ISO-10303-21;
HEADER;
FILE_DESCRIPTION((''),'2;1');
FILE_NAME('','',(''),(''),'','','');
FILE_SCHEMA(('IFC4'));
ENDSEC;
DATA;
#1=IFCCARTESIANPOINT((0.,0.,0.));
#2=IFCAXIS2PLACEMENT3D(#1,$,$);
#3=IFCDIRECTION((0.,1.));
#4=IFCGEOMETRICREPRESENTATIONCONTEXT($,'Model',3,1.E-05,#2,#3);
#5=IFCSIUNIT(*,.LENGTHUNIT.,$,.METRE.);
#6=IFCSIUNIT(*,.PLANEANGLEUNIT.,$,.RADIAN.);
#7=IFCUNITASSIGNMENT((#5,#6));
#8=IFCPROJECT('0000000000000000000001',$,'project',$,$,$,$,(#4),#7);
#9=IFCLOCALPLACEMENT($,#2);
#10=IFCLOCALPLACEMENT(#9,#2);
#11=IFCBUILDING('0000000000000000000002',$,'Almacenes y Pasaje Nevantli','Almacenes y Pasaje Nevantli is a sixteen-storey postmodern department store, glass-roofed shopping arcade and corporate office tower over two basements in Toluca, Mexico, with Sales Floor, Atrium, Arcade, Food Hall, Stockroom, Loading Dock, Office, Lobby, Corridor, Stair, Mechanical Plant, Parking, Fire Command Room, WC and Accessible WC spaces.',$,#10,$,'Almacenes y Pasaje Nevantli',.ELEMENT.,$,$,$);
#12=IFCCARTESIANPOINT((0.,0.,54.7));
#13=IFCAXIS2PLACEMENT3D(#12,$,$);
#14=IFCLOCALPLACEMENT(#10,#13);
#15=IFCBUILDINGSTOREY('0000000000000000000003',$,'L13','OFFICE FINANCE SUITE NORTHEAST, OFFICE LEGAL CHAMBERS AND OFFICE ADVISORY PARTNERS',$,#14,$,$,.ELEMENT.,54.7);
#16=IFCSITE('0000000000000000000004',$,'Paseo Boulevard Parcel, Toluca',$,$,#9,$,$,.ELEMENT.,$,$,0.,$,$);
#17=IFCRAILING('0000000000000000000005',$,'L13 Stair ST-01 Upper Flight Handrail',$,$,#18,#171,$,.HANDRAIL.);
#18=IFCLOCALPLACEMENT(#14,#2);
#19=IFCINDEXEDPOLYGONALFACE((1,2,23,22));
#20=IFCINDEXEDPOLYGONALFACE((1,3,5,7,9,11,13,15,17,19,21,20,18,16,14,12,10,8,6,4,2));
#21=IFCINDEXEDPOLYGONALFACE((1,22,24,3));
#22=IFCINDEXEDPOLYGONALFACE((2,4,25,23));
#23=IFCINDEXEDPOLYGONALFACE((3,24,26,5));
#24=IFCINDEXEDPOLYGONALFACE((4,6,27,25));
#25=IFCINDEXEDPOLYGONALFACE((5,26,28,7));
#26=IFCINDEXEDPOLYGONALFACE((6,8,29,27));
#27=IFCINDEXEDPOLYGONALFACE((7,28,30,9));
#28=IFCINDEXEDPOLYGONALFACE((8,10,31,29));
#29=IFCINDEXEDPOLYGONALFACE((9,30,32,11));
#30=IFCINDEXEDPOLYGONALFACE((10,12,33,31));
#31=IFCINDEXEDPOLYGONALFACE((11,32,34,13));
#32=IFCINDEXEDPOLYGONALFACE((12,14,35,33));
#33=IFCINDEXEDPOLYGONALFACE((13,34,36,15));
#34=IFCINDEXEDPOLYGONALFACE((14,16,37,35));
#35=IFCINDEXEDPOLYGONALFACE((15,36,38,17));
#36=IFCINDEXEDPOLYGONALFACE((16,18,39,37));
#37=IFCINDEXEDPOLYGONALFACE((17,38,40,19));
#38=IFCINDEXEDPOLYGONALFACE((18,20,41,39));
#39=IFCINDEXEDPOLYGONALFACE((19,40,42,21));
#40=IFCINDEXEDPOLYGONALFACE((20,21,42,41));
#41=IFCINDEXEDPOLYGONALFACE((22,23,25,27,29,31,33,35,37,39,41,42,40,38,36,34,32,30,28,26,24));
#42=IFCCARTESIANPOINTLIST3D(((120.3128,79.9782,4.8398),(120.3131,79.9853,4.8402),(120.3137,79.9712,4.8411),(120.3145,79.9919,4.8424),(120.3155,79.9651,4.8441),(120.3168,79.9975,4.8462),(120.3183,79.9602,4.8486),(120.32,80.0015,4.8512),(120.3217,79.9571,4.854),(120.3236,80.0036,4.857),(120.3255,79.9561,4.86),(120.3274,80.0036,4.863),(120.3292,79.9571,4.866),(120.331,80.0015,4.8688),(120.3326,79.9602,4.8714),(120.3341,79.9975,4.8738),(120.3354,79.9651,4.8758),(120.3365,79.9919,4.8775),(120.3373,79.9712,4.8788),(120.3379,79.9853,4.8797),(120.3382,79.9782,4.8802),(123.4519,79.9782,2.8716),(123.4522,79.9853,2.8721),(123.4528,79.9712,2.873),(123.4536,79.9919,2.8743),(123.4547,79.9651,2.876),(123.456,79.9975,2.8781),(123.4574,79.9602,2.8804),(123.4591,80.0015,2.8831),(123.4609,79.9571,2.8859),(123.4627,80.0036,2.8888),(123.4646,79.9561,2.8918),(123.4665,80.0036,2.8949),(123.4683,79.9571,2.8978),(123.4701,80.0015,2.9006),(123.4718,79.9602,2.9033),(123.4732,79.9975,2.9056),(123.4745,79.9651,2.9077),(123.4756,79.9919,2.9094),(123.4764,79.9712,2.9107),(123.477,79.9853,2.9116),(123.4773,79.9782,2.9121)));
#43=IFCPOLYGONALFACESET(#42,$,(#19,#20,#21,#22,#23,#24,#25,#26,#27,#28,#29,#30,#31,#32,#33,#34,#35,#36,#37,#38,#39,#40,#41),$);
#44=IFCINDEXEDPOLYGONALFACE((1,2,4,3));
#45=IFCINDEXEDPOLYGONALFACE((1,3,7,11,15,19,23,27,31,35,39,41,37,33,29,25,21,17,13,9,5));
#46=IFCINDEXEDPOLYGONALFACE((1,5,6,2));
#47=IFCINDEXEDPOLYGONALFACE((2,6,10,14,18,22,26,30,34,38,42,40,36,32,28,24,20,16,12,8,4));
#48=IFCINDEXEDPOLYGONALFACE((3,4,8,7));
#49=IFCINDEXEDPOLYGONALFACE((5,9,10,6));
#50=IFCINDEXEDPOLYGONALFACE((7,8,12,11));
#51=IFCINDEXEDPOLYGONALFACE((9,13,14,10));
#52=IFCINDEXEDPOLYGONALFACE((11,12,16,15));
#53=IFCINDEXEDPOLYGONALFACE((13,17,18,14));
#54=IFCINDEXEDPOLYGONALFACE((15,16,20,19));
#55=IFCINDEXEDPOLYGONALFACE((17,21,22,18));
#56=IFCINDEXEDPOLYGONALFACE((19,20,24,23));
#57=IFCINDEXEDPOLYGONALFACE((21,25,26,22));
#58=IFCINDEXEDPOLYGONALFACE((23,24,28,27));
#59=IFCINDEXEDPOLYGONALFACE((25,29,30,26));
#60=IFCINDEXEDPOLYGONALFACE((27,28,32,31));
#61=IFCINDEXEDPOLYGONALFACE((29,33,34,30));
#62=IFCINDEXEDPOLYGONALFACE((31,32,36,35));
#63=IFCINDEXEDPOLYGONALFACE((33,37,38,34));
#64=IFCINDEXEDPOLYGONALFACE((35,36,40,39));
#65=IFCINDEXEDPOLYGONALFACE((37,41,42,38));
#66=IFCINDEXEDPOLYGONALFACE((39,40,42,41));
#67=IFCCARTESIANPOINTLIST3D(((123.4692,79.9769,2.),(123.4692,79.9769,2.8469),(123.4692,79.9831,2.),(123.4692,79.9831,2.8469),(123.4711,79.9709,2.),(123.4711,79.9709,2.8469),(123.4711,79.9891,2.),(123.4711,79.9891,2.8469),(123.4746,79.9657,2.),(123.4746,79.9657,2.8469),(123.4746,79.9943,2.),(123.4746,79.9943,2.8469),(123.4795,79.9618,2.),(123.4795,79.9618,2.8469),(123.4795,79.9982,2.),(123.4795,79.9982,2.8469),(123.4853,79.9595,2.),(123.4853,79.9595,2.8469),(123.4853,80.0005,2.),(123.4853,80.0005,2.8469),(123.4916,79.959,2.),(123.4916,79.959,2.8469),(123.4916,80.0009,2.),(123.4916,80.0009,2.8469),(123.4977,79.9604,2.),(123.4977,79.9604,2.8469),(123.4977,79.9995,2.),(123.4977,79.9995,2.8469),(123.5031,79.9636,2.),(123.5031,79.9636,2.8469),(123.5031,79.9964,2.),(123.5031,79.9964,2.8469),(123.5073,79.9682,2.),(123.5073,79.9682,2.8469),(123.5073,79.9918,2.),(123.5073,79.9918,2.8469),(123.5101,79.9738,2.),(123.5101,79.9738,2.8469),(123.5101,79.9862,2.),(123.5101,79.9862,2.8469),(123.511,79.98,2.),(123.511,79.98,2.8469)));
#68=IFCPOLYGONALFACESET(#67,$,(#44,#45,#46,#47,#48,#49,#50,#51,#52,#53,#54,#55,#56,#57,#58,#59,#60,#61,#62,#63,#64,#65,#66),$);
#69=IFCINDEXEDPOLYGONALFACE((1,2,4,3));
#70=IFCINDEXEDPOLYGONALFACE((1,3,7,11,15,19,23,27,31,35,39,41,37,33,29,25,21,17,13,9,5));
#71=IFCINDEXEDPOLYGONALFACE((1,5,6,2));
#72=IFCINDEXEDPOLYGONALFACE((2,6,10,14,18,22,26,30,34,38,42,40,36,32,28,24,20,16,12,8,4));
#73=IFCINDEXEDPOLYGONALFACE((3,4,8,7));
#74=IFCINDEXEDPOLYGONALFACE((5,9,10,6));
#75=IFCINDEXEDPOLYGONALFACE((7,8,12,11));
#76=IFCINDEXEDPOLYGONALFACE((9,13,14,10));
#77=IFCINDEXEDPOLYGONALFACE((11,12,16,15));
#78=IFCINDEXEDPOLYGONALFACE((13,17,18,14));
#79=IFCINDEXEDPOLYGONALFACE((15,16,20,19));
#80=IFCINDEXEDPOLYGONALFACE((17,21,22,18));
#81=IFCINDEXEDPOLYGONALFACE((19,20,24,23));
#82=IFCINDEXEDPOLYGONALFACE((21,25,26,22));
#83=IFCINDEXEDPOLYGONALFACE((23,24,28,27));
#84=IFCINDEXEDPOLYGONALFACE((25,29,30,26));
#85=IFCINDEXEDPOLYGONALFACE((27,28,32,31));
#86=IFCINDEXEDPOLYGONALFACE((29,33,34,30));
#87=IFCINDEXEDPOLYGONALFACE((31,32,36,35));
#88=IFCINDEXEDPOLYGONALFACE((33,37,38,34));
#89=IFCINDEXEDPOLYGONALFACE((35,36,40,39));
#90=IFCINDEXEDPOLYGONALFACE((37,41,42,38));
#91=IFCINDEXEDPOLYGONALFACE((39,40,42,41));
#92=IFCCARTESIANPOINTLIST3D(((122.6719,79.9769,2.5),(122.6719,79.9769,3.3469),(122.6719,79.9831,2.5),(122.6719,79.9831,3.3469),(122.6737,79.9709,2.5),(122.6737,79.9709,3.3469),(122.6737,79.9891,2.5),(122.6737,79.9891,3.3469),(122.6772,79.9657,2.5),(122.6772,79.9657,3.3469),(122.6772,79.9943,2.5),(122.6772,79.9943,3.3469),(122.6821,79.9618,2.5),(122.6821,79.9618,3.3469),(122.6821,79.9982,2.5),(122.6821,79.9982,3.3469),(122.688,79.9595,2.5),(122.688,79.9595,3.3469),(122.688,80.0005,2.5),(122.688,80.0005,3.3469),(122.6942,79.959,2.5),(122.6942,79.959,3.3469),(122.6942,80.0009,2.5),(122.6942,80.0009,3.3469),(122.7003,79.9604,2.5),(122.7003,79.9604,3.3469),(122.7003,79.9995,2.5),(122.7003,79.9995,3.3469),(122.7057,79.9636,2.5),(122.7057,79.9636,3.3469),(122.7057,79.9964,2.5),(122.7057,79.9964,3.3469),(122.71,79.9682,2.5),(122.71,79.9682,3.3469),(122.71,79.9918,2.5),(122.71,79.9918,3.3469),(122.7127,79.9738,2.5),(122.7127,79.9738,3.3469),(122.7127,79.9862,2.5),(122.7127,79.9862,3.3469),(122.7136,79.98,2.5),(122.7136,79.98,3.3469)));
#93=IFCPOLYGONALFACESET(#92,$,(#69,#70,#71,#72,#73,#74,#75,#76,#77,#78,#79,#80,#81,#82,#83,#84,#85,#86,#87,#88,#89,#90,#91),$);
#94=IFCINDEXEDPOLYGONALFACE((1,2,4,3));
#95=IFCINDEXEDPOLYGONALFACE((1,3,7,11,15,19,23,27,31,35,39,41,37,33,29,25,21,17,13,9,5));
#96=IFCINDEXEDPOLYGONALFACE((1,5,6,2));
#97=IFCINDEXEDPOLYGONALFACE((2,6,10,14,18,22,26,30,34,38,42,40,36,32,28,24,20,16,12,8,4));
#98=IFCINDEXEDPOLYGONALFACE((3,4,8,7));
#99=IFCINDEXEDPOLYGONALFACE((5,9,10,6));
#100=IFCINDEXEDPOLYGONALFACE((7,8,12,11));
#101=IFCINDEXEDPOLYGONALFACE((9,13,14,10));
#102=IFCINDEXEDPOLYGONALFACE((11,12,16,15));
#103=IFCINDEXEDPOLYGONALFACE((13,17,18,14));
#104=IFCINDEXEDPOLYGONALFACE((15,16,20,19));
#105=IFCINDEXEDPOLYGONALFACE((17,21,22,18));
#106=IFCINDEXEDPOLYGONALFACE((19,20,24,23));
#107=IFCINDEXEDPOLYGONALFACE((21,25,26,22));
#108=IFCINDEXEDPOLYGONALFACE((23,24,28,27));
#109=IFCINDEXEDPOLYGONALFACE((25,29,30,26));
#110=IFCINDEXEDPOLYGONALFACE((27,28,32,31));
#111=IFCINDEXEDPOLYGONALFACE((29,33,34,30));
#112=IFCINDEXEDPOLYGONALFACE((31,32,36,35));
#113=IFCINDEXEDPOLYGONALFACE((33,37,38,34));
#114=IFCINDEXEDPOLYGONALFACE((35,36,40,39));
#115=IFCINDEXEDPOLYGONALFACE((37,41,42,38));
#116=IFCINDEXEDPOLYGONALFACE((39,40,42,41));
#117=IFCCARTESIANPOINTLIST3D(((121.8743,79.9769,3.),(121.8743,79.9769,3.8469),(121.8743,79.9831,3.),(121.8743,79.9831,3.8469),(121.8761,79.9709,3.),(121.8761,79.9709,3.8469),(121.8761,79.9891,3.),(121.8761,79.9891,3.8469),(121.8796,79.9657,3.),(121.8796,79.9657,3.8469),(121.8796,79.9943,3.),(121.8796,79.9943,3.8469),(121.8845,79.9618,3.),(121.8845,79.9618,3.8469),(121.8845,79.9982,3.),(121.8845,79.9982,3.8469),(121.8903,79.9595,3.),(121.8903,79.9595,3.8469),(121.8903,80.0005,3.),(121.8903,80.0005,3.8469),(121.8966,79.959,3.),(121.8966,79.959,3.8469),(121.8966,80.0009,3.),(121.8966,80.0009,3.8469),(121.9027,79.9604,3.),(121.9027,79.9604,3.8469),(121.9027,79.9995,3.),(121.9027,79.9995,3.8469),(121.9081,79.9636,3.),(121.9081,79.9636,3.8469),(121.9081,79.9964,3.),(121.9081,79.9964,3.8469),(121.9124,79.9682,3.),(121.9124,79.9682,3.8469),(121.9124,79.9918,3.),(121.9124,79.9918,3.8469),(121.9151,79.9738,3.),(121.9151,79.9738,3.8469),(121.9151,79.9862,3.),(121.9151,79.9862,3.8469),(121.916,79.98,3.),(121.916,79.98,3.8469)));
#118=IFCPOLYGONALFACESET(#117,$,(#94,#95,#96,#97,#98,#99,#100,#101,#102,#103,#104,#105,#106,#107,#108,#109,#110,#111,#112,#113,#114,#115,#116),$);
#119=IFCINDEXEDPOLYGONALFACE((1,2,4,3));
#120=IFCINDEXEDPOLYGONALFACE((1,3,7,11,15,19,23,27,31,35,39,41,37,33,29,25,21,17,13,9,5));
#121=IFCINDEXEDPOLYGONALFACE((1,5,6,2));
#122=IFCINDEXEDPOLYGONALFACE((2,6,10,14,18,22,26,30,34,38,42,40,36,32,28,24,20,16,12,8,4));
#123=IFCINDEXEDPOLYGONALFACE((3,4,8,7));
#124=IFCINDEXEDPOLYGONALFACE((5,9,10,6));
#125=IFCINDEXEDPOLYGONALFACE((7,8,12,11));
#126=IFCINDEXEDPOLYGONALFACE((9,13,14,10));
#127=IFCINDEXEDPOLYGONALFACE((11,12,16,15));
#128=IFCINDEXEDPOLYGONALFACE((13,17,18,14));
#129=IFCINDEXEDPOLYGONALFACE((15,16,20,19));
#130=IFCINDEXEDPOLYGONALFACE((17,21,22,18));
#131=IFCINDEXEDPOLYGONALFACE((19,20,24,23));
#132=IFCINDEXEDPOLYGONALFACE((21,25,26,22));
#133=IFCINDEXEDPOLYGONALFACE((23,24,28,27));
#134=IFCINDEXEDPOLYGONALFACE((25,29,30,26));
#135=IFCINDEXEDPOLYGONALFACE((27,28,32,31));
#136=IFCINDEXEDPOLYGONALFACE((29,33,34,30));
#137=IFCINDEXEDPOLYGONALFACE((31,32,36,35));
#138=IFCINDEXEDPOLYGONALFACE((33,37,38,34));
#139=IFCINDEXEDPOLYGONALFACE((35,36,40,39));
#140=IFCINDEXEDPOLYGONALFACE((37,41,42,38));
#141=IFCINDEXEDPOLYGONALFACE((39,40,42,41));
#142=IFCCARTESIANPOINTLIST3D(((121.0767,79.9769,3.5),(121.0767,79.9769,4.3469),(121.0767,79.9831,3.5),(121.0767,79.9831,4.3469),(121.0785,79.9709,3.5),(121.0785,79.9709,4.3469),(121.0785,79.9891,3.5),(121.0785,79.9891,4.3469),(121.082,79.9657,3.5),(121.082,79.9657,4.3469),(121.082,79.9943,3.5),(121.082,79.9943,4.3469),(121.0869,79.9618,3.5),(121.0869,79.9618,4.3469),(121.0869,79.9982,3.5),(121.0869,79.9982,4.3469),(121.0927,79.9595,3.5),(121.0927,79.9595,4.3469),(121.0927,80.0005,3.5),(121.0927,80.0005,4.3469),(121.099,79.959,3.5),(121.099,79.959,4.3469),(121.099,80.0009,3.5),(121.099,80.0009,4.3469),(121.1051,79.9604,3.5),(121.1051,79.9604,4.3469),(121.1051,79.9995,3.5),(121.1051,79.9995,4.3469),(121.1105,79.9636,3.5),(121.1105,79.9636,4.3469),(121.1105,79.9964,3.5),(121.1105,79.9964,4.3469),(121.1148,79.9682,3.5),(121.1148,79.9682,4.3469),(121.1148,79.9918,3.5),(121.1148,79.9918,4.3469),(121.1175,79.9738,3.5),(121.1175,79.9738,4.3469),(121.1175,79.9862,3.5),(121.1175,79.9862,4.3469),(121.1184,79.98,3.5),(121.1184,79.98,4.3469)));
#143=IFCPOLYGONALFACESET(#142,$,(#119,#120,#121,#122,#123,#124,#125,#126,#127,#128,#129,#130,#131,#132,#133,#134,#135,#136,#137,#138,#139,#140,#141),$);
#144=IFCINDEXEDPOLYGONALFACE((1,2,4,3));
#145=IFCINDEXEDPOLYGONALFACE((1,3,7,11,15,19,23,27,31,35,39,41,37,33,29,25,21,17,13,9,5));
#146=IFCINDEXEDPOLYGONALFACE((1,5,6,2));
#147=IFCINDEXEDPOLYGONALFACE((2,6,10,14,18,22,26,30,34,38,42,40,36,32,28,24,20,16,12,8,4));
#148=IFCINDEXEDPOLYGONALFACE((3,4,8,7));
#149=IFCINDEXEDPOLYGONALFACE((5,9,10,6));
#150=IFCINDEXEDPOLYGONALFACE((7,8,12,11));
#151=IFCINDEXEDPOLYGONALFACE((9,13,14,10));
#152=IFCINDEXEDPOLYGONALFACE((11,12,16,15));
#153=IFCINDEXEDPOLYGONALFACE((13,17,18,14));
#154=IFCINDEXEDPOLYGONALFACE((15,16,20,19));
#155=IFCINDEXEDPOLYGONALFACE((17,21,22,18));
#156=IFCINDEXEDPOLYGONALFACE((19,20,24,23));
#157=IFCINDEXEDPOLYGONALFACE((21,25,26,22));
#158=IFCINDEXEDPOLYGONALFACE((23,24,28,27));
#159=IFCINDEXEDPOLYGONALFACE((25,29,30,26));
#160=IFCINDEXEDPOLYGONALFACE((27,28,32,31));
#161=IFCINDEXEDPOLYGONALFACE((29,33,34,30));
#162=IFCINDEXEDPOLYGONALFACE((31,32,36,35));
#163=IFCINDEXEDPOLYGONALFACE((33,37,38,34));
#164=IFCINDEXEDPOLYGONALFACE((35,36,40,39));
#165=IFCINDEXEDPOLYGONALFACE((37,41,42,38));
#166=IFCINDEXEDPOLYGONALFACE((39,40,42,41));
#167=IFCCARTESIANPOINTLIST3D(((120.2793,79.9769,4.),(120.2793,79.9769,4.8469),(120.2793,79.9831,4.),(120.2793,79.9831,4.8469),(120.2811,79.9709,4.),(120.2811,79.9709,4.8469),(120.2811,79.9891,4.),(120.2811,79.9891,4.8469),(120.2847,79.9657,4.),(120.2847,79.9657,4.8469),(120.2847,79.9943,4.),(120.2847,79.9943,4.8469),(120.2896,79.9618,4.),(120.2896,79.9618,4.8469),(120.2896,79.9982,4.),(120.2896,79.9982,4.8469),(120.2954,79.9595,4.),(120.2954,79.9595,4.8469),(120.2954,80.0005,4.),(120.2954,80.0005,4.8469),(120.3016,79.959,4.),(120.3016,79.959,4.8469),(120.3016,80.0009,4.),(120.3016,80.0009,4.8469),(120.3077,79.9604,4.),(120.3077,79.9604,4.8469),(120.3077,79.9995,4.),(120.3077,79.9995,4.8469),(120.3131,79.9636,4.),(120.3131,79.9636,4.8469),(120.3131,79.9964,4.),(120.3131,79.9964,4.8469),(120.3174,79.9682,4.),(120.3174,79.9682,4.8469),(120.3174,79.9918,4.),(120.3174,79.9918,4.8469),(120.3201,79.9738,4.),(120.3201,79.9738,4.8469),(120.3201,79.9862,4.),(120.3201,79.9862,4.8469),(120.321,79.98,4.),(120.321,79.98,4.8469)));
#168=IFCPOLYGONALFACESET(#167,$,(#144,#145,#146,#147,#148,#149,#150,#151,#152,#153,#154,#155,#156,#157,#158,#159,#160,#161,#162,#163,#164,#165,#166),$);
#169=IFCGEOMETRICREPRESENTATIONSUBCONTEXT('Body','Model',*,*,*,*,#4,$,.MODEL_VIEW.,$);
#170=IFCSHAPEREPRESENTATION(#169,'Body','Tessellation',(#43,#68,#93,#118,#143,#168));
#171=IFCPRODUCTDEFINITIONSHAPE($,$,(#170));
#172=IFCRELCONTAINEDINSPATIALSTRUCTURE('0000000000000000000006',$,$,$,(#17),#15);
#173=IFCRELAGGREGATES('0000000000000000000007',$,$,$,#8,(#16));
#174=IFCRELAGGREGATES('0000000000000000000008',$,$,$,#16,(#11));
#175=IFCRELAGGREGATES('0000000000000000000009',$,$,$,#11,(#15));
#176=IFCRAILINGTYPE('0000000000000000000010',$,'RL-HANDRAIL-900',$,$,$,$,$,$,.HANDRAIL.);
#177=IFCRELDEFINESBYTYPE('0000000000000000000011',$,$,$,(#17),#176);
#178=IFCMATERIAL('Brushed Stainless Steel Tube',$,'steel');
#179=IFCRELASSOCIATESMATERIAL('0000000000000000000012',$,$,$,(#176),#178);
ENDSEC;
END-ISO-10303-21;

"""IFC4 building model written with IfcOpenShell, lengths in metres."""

from ifc_helpers import new_model, si_unit, direction, frame, origin, origin_2d, place, context, subcontext, project, spatial, circle, extrude, material, type_object, element, save


model = new_model("IFC4")

# Units and contexts
model_context = context("Model", 3, precision=1e-05, world=origin(), true_north=direction((0.0, 1.0)))
body_context = subcontext(model_context, "Body", "Model", "MODEL_VIEW")
ifc_project = project(units=[si_unit("LENGTHUNIT", "METRE"), si_unit("PLANEANGLEUNIT", "RADIAN")], contexts=[model_context])

# Site, building, storey
site_placement = place(None, origin())
site = spatial("IfcSite", under=ifc_project, at=site_placement, Name="Paseo Boulevard Parcel, Toluca", CompositionType="ELEMENT", RefElevation=0.0)
building_placement = place(site_placement, origin())
building = spatial("IfcBuilding", under=site, at=building_placement, Name="Almacenes y Pasaje Nevantli", Description="Almacenes y Pasaje Nevantli is a sixteen-storey postmodern department store, glass-roofed shopping arcade and corporate office tower over two basements in Toluca, Mexico, with Sales Floor, Atrium, Arcade, Food Hall, Stockroom, Loading Dock, Office, Lobby, Corridor, Stair, Mechanical Plant, Parking, Fire Command Room, WC and Accessible WC spaces.", LongName="Almacenes y Pasaje Nevantli", CompositionType="ELEMENT")
storey_placement = place(building_placement, frame((0.0, 0.0, 54.7)))
storey = spatial("IfcBuildingStorey", under=building, at=storey_placement, Name="L13", Description="OFFICE FINANCE SUITE NORTHEAST, OFFICE LEGAL CHAMBERS AND OFFICE ADVISORY PARTNERS", CompositionType="ELEMENT", Elevation=54.7)

# Railing
ifc_material_1 = material(Name="Brushed Stainless Steel Tube", Category="steel")
railing_type = type_object("IfcRailingType", Name="RL-HANDRAIL-900", PredefinedType="HANDRAIL", material=ifc_material_1)
railing_placement = place(storey_placement, frame((123.49, 79.98, 2.0)))
element("IfcRailing", 1, at=railing_placement, inside=storey, type_object=railing_type, Name="L13 Stair ST-01 Upper Flight Handrail", PredefinedType="HANDRAIL", context=body_context, shape_type="SweptSolid", body=[
    extrude(circle(Radius=0.0239, at=origin_2d()), frame((-0.0254, 0.0, 0.8918), z_axis=(-0.847247, 0.0, 0.531199), x_axis=(0.0, -1.0, 0.0)), (0.0, 0.0, 1.0), 3.7051),
    extrude(circle(Radius=0.021, at=origin_2d()), origin(), (0.0, 0.0, 1.0), 0.8469),
    extrude(circle(Radius=0.021, at=origin_2d()), frame((-0.7974, 0.0, 0.5)), (0.0, 0.0, 1.0), 0.8469),
    extrude(circle(Radius=0.021, at=origin_2d()), frame((-1.595, 0.0, 1.0)), (0.0, 0.0, 1.0), 0.8469),
    extrude(circle(Radius=0.021, at=origin_2d()), frame((-2.3926, 0.0, 1.5)), (0.0, 0.0, 1.0), 0.8469),
    extrude(circle(Radius=0.021, at=origin_2d()), frame((-3.1899, 0.0, 2.0)), (0.0, 0.0, 1.0), 0.8469),
])

save(model, "model.ifc")
